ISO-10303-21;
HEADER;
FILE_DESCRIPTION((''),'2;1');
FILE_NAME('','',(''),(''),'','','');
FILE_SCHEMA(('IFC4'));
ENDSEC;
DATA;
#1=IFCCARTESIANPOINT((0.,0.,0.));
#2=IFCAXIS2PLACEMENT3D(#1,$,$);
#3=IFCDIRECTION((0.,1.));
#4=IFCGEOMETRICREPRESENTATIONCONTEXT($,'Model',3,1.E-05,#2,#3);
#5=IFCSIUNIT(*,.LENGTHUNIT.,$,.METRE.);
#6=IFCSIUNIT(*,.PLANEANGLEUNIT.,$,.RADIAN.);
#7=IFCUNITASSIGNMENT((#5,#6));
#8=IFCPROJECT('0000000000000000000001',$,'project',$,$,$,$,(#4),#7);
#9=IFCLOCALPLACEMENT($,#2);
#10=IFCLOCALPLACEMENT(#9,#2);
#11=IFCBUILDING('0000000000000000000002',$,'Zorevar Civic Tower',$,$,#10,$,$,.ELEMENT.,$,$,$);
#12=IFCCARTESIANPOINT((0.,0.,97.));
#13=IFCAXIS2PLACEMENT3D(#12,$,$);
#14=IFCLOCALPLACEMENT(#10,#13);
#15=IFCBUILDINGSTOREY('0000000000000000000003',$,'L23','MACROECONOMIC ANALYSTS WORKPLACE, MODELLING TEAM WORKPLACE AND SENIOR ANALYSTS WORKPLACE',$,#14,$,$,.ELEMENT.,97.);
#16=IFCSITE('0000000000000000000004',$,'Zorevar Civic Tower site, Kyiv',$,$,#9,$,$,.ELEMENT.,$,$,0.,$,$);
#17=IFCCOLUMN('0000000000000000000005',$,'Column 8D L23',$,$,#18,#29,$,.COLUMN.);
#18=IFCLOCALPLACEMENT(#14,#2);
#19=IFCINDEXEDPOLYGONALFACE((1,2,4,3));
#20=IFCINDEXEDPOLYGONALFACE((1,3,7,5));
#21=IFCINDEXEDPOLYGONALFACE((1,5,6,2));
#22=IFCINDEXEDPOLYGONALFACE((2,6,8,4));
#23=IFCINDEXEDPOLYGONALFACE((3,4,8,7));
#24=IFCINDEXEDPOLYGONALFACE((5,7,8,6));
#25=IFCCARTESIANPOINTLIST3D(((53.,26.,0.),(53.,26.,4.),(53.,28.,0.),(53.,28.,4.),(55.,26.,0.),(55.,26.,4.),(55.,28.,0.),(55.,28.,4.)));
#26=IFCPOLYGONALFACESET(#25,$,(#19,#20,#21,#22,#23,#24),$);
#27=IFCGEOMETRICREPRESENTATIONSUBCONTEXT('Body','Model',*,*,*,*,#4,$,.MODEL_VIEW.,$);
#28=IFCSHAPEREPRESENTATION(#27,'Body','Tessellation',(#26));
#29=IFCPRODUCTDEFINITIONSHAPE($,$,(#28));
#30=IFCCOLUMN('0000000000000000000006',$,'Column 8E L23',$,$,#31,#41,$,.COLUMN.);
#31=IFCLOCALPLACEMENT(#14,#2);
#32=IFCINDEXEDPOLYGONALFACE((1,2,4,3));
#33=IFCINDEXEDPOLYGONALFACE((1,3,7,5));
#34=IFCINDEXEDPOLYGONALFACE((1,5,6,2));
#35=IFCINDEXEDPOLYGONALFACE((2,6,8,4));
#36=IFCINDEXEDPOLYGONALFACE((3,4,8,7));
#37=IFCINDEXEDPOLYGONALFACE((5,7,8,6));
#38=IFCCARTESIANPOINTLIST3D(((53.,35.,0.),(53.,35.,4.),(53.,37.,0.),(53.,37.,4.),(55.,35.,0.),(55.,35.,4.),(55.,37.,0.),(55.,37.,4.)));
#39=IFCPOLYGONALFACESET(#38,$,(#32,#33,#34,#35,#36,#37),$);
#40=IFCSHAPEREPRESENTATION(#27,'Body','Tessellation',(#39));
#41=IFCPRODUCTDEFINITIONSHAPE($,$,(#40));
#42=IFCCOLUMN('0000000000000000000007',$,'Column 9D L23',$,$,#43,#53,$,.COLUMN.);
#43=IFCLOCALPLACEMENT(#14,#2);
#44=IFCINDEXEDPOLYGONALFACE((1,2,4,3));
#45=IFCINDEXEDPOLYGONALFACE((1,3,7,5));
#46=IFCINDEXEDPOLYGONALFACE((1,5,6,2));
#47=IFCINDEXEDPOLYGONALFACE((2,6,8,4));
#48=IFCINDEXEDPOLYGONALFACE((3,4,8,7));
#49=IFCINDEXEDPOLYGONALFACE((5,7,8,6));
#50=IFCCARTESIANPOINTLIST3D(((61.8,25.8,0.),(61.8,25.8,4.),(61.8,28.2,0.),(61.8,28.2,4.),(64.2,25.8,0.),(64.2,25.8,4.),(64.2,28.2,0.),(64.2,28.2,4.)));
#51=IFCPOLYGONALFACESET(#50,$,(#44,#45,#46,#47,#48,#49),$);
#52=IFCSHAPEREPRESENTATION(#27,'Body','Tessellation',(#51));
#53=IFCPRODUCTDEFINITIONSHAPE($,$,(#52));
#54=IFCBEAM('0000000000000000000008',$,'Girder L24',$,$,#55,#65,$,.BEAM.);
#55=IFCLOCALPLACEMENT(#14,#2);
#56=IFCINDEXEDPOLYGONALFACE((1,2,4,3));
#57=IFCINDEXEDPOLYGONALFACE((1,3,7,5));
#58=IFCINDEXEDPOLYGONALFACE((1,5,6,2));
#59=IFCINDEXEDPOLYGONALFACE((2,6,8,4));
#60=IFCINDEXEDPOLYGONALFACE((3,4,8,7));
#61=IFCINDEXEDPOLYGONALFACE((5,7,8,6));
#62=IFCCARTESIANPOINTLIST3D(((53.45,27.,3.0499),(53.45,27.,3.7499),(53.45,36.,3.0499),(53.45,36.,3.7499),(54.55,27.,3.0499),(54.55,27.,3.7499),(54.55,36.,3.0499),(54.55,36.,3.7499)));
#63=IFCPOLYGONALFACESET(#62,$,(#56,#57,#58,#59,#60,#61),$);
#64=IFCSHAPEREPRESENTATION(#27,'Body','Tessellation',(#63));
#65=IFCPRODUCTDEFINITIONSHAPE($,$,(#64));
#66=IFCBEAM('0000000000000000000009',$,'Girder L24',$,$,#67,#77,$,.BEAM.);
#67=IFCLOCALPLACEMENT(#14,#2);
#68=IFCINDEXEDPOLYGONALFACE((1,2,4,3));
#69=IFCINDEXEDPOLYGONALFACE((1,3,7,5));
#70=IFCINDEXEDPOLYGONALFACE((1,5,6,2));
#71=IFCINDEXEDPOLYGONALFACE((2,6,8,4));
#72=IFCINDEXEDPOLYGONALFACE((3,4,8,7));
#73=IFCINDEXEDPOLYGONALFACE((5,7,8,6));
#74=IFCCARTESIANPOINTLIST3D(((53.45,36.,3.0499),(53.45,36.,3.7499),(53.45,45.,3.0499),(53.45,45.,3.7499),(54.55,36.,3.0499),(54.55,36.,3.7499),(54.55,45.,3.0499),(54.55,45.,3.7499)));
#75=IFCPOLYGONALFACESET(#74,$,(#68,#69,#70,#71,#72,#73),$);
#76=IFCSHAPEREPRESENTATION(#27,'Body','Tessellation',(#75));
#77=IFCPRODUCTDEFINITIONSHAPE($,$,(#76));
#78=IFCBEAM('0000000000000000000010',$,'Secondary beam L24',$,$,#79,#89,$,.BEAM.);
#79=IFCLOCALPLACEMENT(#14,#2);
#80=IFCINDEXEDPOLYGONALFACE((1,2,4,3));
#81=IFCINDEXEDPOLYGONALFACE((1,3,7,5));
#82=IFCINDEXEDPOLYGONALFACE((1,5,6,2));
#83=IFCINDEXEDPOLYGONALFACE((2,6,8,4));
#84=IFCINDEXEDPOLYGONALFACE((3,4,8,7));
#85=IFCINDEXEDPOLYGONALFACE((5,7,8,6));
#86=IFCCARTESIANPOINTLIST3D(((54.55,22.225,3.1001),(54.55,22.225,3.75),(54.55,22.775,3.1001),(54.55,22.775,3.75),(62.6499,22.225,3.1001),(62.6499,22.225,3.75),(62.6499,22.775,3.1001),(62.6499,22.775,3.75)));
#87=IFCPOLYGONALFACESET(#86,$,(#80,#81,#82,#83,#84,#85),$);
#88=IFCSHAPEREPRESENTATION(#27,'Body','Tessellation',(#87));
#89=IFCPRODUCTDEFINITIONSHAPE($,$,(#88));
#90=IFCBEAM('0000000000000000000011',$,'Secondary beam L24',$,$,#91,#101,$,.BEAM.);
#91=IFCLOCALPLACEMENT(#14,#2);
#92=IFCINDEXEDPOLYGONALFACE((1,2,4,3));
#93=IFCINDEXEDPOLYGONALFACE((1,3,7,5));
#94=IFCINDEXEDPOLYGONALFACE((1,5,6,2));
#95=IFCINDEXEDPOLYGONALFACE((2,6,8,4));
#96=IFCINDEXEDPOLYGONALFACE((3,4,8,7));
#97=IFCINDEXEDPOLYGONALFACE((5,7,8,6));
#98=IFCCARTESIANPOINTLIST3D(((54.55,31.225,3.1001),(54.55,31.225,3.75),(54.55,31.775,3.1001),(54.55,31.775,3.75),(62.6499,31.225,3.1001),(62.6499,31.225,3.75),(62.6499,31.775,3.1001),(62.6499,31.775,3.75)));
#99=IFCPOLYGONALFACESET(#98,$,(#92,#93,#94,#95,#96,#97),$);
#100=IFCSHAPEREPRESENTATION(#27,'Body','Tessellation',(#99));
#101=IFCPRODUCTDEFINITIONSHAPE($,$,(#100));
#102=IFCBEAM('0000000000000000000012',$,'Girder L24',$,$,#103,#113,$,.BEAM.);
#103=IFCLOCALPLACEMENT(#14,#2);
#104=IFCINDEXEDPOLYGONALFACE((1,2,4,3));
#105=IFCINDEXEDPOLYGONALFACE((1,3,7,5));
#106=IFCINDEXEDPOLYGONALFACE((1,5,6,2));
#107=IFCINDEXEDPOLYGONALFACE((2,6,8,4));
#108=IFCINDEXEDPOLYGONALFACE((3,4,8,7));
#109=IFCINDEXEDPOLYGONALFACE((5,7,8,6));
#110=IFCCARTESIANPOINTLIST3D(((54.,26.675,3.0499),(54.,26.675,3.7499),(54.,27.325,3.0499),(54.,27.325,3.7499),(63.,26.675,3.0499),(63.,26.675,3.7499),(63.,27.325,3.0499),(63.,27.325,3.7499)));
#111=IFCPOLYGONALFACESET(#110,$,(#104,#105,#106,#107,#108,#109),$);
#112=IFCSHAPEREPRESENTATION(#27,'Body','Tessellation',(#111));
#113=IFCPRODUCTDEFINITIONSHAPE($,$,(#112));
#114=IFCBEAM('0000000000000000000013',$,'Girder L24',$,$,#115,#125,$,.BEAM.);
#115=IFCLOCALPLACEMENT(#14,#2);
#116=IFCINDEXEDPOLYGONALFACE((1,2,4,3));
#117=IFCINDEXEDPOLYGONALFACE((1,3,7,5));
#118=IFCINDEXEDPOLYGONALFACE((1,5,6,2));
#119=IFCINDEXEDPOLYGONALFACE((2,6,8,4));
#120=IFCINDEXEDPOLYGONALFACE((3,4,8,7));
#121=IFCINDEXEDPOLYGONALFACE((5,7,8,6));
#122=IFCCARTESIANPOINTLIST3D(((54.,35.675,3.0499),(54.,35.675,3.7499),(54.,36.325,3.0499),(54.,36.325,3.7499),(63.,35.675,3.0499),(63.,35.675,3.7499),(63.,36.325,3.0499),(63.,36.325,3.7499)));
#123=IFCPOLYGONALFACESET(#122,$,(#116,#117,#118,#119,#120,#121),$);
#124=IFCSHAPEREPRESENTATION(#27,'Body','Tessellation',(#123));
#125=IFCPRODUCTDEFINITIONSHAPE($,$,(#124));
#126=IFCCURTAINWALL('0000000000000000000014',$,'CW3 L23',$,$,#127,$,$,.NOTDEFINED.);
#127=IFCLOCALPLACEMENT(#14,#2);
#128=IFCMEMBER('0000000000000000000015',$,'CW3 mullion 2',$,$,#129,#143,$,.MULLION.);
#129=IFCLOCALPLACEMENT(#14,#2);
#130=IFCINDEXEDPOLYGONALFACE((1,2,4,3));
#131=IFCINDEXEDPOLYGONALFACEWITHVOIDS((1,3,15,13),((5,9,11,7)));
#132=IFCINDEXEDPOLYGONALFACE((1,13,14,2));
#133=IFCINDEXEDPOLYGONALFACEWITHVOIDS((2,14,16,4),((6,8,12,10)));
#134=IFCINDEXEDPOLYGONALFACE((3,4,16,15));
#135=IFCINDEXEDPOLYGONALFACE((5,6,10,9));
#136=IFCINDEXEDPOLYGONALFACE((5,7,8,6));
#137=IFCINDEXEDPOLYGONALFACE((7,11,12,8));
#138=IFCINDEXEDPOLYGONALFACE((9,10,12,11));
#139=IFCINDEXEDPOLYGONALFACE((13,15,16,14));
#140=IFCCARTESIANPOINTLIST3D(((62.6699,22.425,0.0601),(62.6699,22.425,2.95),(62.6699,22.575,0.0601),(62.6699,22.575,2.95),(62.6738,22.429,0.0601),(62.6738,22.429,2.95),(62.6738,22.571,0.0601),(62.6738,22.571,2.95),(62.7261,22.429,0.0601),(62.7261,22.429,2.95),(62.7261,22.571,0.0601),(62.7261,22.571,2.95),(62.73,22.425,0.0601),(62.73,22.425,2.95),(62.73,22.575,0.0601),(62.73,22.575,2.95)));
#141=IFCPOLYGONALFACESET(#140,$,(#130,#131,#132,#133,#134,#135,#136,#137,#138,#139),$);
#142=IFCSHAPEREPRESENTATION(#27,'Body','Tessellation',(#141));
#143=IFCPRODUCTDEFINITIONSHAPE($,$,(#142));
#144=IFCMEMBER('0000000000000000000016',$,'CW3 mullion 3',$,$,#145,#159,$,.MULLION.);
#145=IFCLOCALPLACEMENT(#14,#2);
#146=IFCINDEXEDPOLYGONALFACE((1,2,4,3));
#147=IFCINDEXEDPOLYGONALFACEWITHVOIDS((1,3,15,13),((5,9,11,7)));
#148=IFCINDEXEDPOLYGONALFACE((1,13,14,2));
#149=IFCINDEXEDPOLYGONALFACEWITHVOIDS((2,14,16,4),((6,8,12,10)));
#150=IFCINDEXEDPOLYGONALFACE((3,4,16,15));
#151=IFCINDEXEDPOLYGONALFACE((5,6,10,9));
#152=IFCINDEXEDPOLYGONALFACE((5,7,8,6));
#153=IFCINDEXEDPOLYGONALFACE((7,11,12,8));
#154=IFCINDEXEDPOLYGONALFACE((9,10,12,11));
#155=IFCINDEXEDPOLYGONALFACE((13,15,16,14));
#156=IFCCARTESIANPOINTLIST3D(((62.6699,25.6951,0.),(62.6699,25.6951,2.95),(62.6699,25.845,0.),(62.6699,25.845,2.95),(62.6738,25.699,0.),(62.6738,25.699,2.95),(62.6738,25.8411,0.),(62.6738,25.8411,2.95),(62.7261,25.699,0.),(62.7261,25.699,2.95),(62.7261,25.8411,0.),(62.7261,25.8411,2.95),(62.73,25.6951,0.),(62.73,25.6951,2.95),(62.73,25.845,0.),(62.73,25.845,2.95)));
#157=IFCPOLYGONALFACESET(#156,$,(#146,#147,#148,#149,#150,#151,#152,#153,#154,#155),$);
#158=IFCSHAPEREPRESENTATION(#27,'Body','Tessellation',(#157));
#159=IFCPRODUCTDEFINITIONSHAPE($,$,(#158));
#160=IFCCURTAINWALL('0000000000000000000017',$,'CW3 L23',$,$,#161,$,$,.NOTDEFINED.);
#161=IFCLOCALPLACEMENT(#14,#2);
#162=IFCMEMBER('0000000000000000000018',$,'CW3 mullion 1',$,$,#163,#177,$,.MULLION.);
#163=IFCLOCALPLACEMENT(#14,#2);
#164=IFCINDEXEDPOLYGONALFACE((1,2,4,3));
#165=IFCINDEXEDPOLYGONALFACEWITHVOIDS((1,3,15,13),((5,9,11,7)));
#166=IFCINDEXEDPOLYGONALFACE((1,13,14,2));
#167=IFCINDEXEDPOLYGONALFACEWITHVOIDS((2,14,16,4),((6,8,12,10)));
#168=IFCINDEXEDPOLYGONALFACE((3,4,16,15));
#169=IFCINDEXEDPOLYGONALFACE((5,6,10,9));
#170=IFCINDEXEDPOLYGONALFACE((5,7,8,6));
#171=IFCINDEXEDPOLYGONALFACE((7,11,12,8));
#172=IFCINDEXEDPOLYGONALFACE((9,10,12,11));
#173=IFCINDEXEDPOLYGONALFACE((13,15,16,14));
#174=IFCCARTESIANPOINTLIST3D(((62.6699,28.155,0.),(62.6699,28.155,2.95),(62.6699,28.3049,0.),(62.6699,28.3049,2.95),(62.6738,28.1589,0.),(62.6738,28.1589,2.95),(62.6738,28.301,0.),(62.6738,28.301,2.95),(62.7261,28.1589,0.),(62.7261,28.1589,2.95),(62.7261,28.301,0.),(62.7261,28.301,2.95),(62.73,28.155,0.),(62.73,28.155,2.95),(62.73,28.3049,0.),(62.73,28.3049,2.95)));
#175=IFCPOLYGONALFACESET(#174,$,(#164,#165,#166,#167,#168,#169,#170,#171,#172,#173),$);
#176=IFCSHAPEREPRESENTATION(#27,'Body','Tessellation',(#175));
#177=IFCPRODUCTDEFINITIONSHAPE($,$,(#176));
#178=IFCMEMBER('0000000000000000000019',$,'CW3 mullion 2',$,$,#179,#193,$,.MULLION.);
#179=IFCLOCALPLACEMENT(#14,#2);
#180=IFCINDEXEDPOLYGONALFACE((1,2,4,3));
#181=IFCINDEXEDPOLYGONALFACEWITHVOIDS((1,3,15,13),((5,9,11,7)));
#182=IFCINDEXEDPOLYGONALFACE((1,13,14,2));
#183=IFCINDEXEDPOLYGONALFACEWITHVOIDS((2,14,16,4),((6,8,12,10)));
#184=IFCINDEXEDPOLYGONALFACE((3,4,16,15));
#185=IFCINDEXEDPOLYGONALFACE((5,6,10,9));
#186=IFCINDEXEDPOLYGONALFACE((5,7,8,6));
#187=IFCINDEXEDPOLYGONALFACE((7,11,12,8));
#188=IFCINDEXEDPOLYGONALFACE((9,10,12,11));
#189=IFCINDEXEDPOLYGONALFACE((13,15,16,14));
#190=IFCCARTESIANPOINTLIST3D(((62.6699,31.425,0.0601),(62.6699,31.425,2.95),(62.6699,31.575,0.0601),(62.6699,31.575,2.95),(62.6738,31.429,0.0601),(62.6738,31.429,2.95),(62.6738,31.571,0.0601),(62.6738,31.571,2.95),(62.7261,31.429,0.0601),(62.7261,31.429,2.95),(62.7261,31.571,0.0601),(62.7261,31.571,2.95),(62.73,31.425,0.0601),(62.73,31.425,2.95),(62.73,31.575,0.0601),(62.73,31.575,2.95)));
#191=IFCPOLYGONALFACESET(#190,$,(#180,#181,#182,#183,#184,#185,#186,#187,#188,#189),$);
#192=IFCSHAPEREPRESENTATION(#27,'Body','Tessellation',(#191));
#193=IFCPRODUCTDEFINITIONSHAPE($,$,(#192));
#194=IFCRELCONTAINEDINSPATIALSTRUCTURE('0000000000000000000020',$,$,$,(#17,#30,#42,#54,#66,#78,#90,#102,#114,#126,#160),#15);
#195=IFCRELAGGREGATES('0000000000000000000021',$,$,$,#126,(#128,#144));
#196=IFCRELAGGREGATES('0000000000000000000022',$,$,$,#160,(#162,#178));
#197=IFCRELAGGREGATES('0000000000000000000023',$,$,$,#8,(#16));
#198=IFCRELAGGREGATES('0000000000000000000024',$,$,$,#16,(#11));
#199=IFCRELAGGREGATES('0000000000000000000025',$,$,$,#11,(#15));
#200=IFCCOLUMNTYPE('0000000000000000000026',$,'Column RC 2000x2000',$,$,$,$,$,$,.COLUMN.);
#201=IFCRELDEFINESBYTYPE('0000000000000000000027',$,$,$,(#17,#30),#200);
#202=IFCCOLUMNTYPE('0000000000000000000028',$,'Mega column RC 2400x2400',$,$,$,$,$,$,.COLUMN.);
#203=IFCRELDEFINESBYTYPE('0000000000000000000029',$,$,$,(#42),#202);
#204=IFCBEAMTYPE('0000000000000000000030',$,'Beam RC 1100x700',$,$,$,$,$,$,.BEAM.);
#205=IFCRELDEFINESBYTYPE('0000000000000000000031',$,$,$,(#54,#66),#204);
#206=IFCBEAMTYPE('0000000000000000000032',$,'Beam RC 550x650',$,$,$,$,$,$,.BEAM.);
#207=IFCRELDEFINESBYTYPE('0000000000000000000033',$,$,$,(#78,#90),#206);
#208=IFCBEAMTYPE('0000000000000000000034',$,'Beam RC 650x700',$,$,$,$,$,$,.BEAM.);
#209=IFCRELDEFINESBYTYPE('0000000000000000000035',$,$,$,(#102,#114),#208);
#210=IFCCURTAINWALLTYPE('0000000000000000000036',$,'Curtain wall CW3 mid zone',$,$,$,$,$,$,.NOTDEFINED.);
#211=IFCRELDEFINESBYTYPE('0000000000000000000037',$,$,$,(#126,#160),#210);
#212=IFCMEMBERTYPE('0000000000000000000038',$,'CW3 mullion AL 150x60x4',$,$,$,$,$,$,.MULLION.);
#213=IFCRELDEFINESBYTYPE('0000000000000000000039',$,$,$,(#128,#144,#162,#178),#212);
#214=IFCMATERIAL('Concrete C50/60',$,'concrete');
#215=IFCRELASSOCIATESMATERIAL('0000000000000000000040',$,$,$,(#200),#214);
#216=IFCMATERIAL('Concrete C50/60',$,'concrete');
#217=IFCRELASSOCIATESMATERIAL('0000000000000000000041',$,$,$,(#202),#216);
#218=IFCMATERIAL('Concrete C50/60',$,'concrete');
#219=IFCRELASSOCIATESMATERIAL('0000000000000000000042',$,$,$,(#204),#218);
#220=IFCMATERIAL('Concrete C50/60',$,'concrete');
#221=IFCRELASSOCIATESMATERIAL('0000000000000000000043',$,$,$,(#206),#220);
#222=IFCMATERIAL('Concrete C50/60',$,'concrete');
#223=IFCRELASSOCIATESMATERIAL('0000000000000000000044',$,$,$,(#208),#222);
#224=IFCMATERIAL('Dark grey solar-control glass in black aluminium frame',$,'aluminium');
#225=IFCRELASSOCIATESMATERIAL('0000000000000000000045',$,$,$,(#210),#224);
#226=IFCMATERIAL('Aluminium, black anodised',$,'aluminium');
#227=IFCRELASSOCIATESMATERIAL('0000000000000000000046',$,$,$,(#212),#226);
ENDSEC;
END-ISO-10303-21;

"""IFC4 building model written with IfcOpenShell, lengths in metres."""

from ifc_helpers import new_model, si_unit, direction, frame, origin, origin_2d, place, context, subcontext, project, spatial, rectangle, hollow_rectangle, extrude, material, material_profile, profile_set, type_object, element, aggregate, save


model = new_model("IFC4")

# Units and contexts
model_context = context("Model", 3, precision=1e-05, world=origin(), true_north=direction((0.0, 1.0)))
body_context = subcontext(model_context, "Body", "Model", "MODEL_VIEW")
ifc_project = project(units=[si_unit("LENGTHUNIT", "METRE"), si_unit("PLANEANGLEUNIT", "RADIAN")], contexts=[model_context])

# Site, building, storey
site_placement = place(None, origin())
site = spatial("IfcSite", under=ifc_project, at=site_placement, Name="Zorevar Civic Tower site, Kyiv", CompositionType="ELEMENT", RefElevation=0.0)
building_placement = place(site_placement, origin())
building = spatial("IfcBuilding", under=site, at=building_placement, Name="Zorevar Civic Tower", CompositionType="ELEMENT")
storey_placement = place(building_placement, frame((0.0, 0.0, 97.0)))
storey = spatial("IfcBuildingStorey", under=building, at=storey_placement, Name="L23", Description="MACROECONOMIC ANALYSTS WORKPLACE, MODELLING TEAM WORKPLACE AND SENIOR ANALYSTS WORKPLACE", CompositionType="ELEMENT", Elevation=97.0)

# Columns
ifc_material_1 = material(Name="Concrete C50/60", Category="concrete")
ifc_material_profile_1 = material_profile(ifc_material_1, rectangle(XDim=2.0, YDim=2.0, at=origin_2d()), Name="RC 2000x2000")
ifc_profile_set_1 = profile_set([ifc_material_profile_1], Name="Concrete C50/60")
column_type_1 = type_object("IfcColumnType", Name="Column RC 2000x2000", PredefinedType="COLUMN", material=ifc_profile_set_1)
for number, where, z_axis, x_axis, name in (
    (1, (54.0, 27.0, 0.0), (0.0, 0.0, 1.0), (1.0, 0.0, 0.0), "Column 8D L23"),
    (2, (54.0, 36.0, 0.0), (0.0, 0.0, 1.0), (1.0, 0.0, 0.0), "Column 8E L23"),
):
    element("IfcColumn", number, at=place(storey_placement, frame(where, z_axis=z_axis, x_axis=x_axis)), inside=storey, type_object=column_type_1, Name=name, PredefinedType="COLUMN", context=body_context, shape_type="SweptSolid", body=[
        extrude(rectangle(XDim=2.0, YDim=2.0, at=origin_2d()), origin(), (0.0, 0.0, 1.0), 4.0),
    ])
ifc_material_2 = material(Name="Concrete C50/60", Category="concrete")
ifc_material_profile_2 = material_profile(ifc_material_2, rectangle(XDim=2.3999, YDim=2.3999, at=origin_2d()), Name="RC 2400x2400")
ifc_profile_set_2 = profile_set([ifc_material_profile_2], Name="Concrete C50/60")
column_type_2 = type_object("IfcColumnType", Name="Mega column RC 2400x2400", PredefinedType="COLUMN", material=ifc_profile_set_2)
column_placement = place(storey_placement, frame((63.0, 27.0, 0.0), z_axis=(0.0, 0.0, 1.0), x_axis=(1.0, 0.0, 0.0)))
element("IfcColumn", 3, at=column_placement, inside=storey, type_object=column_type_2, Name="Column 9D L23", PredefinedType="COLUMN", context=body_context, shape_type="SweptSolid", body=[
    extrude(rectangle(XDim=2.3999, YDim=2.3999, at=origin_2d()), origin(), (0.0, 0.0, 1.0), 4.0),
])

# Beams
ifc_material_3 = material(Name="Concrete C50/60", Category="concrete")
ifc_material_profile_3 = material_profile(ifc_material_3, rectangle(XDim=1.1001, YDim=0.7, at=origin_2d()), Name="RC 1100x700")
ifc_profile_set_3 = profile_set([ifc_material_profile_3], Name="Concrete C50/60")
beam_type_1 = type_object("IfcBeamType", Name="Beam RC 1100x700", PredefinedType="BEAM", material=ifc_profile_set_3)
for number, where, z_axis, x_axis, name in (
    (4, (54.0, 27.0, 3.3999), (0.0, 1.0, 0.0), (-1.0, 0.0, 0.0), "Girder L24"),
    (5, (54.0, 36.0, 3.3999), (0.0, 1.0, 0.0), (-1.0, 0.0, 0.0), "Girder L24"),
):
    element("IfcBeam", number, at=place(storey_placement, frame(where, z_axis=z_axis, x_axis=x_axis)), inside=storey, type_object=beam_type_1, Name=name, PredefinedType="BEAM", context=body_context, shape_type="SweptSolid", body=[
        extrude(rectangle(XDim=1.1001, YDim=0.7, at=origin_2d()), origin(), (0.0, 0.0, 1.0), 9.0),
    ])
ifc_material_4 = material(Name="Concrete C50/60", Category="concrete")
ifc_material_profile_4 = material_profile(ifc_material_4, rectangle(XDim=0.55, YDim=0.6499, at=origin_2d()), Name="RC 550x650")
ifc_profile_set_4 = profile_set([ifc_material_profile_4], Name="Concrete C50/60")
beam_type_2 = type_object("IfcBeamType", Name="Beam RC 550x650", PredefinedType="BEAM", material=ifc_profile_set_4)
for number, where, z_axis, x_axis, name in (
    (6, (54.55, 22.5, 3.425), (1.0, 0.0, 0.0), (0.0, 1.0, 0.0), "Secondary beam L24"),
    (7, (54.55, 31.5, 3.425), (1.0, 0.0, 0.0), (0.0, 1.0, 0.0), "Secondary beam L24"),
):
    element("IfcBeam", number, at=place(storey_placement, frame(where, z_axis=z_axis, x_axis=x_axis)), inside=storey, type_object=beam_type_2, Name=name, PredefinedType="BEAM", context=body_context, shape_type="SweptSolid", body=[
        extrude(rectangle(XDim=0.55, YDim=0.6499, at=origin_2d()), origin(), (0.0, 0.0, 1.0), 8.0999),
    ])
ifc_material_5 = material(Name="Concrete C50/60", Category="concrete")
ifc_material_profile_5 = material_profile(ifc_material_5, rectangle(XDim=0.6499, YDim=0.7, at=origin_2d()), Name="RC 650x700")
ifc_profile_set_5 = profile_set([ifc_material_profile_5], Name="Concrete C50/60")
beam_type_3 = type_object("IfcBeamType", Name="Beam RC 650x700", PredefinedType="BEAM", material=ifc_profile_set_5)
for number, where, z_axis, x_axis, name in (
    (8, (54.0, 27.0, 3.3999), (1.0, 0.0, 0.0), (0.0, 1.0, 0.0), "Girder L24"),
    (9, (54.0, 36.0, 3.3999), (1.0, 0.0, 0.0), (0.0, 1.0, 0.0), "Girder L24"),
):
    element("IfcBeam", number, at=place(storey_placement, frame(where, z_axis=z_axis, x_axis=x_axis)), inside=storey, type_object=beam_type_3, Name=name, PredefinedType="BEAM", context=body_context, shape_type="SweptSolid", body=[
        extrude(rectangle(XDim=0.6499, YDim=0.7, at=origin_2d()), origin(), (0.0, 0.0, 1.0), 9.0),
    ])

# Curtain walls, members
ifc_material_6 = material(Name="Dark grey solar-control glass in black aluminium frame", Category="aluminium")
curtain_wall_type = type_object("IfcCurtainWallType", Name="Curtain wall CW3 mid zone", PredefinedType="NOTDEFINED", material=ifc_material_6)
curtain_wall_1_placement = place(storey_placement, origin())
curtain_wall_1 = element("IfcCurtainWall", 10, at=curtain_wall_1_placement, inside=storey, type_object=curtain_wall_type, Name="CW3 L23", PredefinedType="NOTDEFINED")
ifc_material_7 = material(Name="Aluminium, black anodised", Category="aluminium")
ifc_material_profile_6 = material_profile(ifc_material_7, hollow_rectangle(XDim=0.0601, YDim=0.1499, WallThickness=0.0039, at=origin_2d()), Name="AL 150x60x4")
ifc_profile_set_6 = profile_set([ifc_material_profile_6], Name="Aluminium, black anodised")
member_type_1 = type_object("IfcMemberType", Name="CW3 mullion AL 150x60x4", PredefinedType="MULLION", material=ifc_profile_set_6)
member_1_placement = place(storey_placement, frame((62.7, 22.5, 0.0601), z_axis=(0.0, 0.0, 1.0), x_axis=(-1.0, 0.0, 0.0)))
member_1 = element("IfcMember", 11, at=member_1_placement, type_object=member_type_1, Name="CW3 mullion 2", PredefinedType="MULLION", context=body_context, shape_type="SweptSolid", body=[
    extrude(hollow_rectangle(XDim=0.0601, YDim=0.1499, WallThickness=0.0039, at=origin_2d()), origin(), (0.0, 0.0, 1.0), 2.8899),
])
member_2_placement = place(storey_placement, frame((62.7, 25.77, 0.0), z_axis=(0.0, 0.0, 1.0), x_axis=(-1.0, 0.0, 0.0)))
member_2 = element("IfcMember", 12, at=member_2_placement, type_object=member_type_1, Name="CW3 mullion 3", PredefinedType="MULLION", context=body_context, shape_type="SweptSolid", body=[
    extrude(hollow_rectangle(XDim=0.0601, YDim=0.1499, WallThickness=0.0039, at=origin_2d()), origin(), (0.0, 0.0, 1.0), 2.95),
])
curtain_wall_2_placement = place(storey_placement, origin())
curtain_wall_2 = element("IfcCurtainWall", 13, at=curtain_wall_2_placement, inside=storey, type_object=curtain_wall_type, Name="CW3 L23", PredefinedType="NOTDEFINED")
member_3_placement = place(storey_placement, frame((62.7, 28.23, 0.0), z_axis=(0.0, 0.0, 1.0), x_axis=(-1.0, 0.0, 0.0)))
member_3 = element("IfcMember", 14, at=member_3_placement, type_object=member_type_1, Name="CW3 mullion 1", PredefinedType="MULLION", context=body_context, shape_type="SweptSolid", body=[
    extrude(hollow_rectangle(XDim=0.0601, YDim=0.1499, WallThickness=0.0039, at=origin_2d()), origin(), (0.0, 0.0, 1.0), 2.95),
])
member_4_placement = place(storey_placement, frame((62.7, 31.5, 0.0601), z_axis=(0.0, 0.0, 1.0), x_axis=(-1.0, 0.0, 0.0)))
member_4 = element("IfcMember", 15, at=member_4_placement, type_object=member_type_1, Name="CW3 mullion 2", PredefinedType="MULLION", context=body_context, shape_type="SweptSolid", body=[
    extrude(hollow_rectangle(XDim=0.0601, YDim=0.1499, WallThickness=0.0039, at=origin_2d()), origin(), (0.0, 0.0, 1.0), 2.8899),
])

aggregate(curtain_wall_1, [member_1, member_2])
aggregate(curtain_wall_2, [member_3, member_4])

save(model, "model.ifc")
